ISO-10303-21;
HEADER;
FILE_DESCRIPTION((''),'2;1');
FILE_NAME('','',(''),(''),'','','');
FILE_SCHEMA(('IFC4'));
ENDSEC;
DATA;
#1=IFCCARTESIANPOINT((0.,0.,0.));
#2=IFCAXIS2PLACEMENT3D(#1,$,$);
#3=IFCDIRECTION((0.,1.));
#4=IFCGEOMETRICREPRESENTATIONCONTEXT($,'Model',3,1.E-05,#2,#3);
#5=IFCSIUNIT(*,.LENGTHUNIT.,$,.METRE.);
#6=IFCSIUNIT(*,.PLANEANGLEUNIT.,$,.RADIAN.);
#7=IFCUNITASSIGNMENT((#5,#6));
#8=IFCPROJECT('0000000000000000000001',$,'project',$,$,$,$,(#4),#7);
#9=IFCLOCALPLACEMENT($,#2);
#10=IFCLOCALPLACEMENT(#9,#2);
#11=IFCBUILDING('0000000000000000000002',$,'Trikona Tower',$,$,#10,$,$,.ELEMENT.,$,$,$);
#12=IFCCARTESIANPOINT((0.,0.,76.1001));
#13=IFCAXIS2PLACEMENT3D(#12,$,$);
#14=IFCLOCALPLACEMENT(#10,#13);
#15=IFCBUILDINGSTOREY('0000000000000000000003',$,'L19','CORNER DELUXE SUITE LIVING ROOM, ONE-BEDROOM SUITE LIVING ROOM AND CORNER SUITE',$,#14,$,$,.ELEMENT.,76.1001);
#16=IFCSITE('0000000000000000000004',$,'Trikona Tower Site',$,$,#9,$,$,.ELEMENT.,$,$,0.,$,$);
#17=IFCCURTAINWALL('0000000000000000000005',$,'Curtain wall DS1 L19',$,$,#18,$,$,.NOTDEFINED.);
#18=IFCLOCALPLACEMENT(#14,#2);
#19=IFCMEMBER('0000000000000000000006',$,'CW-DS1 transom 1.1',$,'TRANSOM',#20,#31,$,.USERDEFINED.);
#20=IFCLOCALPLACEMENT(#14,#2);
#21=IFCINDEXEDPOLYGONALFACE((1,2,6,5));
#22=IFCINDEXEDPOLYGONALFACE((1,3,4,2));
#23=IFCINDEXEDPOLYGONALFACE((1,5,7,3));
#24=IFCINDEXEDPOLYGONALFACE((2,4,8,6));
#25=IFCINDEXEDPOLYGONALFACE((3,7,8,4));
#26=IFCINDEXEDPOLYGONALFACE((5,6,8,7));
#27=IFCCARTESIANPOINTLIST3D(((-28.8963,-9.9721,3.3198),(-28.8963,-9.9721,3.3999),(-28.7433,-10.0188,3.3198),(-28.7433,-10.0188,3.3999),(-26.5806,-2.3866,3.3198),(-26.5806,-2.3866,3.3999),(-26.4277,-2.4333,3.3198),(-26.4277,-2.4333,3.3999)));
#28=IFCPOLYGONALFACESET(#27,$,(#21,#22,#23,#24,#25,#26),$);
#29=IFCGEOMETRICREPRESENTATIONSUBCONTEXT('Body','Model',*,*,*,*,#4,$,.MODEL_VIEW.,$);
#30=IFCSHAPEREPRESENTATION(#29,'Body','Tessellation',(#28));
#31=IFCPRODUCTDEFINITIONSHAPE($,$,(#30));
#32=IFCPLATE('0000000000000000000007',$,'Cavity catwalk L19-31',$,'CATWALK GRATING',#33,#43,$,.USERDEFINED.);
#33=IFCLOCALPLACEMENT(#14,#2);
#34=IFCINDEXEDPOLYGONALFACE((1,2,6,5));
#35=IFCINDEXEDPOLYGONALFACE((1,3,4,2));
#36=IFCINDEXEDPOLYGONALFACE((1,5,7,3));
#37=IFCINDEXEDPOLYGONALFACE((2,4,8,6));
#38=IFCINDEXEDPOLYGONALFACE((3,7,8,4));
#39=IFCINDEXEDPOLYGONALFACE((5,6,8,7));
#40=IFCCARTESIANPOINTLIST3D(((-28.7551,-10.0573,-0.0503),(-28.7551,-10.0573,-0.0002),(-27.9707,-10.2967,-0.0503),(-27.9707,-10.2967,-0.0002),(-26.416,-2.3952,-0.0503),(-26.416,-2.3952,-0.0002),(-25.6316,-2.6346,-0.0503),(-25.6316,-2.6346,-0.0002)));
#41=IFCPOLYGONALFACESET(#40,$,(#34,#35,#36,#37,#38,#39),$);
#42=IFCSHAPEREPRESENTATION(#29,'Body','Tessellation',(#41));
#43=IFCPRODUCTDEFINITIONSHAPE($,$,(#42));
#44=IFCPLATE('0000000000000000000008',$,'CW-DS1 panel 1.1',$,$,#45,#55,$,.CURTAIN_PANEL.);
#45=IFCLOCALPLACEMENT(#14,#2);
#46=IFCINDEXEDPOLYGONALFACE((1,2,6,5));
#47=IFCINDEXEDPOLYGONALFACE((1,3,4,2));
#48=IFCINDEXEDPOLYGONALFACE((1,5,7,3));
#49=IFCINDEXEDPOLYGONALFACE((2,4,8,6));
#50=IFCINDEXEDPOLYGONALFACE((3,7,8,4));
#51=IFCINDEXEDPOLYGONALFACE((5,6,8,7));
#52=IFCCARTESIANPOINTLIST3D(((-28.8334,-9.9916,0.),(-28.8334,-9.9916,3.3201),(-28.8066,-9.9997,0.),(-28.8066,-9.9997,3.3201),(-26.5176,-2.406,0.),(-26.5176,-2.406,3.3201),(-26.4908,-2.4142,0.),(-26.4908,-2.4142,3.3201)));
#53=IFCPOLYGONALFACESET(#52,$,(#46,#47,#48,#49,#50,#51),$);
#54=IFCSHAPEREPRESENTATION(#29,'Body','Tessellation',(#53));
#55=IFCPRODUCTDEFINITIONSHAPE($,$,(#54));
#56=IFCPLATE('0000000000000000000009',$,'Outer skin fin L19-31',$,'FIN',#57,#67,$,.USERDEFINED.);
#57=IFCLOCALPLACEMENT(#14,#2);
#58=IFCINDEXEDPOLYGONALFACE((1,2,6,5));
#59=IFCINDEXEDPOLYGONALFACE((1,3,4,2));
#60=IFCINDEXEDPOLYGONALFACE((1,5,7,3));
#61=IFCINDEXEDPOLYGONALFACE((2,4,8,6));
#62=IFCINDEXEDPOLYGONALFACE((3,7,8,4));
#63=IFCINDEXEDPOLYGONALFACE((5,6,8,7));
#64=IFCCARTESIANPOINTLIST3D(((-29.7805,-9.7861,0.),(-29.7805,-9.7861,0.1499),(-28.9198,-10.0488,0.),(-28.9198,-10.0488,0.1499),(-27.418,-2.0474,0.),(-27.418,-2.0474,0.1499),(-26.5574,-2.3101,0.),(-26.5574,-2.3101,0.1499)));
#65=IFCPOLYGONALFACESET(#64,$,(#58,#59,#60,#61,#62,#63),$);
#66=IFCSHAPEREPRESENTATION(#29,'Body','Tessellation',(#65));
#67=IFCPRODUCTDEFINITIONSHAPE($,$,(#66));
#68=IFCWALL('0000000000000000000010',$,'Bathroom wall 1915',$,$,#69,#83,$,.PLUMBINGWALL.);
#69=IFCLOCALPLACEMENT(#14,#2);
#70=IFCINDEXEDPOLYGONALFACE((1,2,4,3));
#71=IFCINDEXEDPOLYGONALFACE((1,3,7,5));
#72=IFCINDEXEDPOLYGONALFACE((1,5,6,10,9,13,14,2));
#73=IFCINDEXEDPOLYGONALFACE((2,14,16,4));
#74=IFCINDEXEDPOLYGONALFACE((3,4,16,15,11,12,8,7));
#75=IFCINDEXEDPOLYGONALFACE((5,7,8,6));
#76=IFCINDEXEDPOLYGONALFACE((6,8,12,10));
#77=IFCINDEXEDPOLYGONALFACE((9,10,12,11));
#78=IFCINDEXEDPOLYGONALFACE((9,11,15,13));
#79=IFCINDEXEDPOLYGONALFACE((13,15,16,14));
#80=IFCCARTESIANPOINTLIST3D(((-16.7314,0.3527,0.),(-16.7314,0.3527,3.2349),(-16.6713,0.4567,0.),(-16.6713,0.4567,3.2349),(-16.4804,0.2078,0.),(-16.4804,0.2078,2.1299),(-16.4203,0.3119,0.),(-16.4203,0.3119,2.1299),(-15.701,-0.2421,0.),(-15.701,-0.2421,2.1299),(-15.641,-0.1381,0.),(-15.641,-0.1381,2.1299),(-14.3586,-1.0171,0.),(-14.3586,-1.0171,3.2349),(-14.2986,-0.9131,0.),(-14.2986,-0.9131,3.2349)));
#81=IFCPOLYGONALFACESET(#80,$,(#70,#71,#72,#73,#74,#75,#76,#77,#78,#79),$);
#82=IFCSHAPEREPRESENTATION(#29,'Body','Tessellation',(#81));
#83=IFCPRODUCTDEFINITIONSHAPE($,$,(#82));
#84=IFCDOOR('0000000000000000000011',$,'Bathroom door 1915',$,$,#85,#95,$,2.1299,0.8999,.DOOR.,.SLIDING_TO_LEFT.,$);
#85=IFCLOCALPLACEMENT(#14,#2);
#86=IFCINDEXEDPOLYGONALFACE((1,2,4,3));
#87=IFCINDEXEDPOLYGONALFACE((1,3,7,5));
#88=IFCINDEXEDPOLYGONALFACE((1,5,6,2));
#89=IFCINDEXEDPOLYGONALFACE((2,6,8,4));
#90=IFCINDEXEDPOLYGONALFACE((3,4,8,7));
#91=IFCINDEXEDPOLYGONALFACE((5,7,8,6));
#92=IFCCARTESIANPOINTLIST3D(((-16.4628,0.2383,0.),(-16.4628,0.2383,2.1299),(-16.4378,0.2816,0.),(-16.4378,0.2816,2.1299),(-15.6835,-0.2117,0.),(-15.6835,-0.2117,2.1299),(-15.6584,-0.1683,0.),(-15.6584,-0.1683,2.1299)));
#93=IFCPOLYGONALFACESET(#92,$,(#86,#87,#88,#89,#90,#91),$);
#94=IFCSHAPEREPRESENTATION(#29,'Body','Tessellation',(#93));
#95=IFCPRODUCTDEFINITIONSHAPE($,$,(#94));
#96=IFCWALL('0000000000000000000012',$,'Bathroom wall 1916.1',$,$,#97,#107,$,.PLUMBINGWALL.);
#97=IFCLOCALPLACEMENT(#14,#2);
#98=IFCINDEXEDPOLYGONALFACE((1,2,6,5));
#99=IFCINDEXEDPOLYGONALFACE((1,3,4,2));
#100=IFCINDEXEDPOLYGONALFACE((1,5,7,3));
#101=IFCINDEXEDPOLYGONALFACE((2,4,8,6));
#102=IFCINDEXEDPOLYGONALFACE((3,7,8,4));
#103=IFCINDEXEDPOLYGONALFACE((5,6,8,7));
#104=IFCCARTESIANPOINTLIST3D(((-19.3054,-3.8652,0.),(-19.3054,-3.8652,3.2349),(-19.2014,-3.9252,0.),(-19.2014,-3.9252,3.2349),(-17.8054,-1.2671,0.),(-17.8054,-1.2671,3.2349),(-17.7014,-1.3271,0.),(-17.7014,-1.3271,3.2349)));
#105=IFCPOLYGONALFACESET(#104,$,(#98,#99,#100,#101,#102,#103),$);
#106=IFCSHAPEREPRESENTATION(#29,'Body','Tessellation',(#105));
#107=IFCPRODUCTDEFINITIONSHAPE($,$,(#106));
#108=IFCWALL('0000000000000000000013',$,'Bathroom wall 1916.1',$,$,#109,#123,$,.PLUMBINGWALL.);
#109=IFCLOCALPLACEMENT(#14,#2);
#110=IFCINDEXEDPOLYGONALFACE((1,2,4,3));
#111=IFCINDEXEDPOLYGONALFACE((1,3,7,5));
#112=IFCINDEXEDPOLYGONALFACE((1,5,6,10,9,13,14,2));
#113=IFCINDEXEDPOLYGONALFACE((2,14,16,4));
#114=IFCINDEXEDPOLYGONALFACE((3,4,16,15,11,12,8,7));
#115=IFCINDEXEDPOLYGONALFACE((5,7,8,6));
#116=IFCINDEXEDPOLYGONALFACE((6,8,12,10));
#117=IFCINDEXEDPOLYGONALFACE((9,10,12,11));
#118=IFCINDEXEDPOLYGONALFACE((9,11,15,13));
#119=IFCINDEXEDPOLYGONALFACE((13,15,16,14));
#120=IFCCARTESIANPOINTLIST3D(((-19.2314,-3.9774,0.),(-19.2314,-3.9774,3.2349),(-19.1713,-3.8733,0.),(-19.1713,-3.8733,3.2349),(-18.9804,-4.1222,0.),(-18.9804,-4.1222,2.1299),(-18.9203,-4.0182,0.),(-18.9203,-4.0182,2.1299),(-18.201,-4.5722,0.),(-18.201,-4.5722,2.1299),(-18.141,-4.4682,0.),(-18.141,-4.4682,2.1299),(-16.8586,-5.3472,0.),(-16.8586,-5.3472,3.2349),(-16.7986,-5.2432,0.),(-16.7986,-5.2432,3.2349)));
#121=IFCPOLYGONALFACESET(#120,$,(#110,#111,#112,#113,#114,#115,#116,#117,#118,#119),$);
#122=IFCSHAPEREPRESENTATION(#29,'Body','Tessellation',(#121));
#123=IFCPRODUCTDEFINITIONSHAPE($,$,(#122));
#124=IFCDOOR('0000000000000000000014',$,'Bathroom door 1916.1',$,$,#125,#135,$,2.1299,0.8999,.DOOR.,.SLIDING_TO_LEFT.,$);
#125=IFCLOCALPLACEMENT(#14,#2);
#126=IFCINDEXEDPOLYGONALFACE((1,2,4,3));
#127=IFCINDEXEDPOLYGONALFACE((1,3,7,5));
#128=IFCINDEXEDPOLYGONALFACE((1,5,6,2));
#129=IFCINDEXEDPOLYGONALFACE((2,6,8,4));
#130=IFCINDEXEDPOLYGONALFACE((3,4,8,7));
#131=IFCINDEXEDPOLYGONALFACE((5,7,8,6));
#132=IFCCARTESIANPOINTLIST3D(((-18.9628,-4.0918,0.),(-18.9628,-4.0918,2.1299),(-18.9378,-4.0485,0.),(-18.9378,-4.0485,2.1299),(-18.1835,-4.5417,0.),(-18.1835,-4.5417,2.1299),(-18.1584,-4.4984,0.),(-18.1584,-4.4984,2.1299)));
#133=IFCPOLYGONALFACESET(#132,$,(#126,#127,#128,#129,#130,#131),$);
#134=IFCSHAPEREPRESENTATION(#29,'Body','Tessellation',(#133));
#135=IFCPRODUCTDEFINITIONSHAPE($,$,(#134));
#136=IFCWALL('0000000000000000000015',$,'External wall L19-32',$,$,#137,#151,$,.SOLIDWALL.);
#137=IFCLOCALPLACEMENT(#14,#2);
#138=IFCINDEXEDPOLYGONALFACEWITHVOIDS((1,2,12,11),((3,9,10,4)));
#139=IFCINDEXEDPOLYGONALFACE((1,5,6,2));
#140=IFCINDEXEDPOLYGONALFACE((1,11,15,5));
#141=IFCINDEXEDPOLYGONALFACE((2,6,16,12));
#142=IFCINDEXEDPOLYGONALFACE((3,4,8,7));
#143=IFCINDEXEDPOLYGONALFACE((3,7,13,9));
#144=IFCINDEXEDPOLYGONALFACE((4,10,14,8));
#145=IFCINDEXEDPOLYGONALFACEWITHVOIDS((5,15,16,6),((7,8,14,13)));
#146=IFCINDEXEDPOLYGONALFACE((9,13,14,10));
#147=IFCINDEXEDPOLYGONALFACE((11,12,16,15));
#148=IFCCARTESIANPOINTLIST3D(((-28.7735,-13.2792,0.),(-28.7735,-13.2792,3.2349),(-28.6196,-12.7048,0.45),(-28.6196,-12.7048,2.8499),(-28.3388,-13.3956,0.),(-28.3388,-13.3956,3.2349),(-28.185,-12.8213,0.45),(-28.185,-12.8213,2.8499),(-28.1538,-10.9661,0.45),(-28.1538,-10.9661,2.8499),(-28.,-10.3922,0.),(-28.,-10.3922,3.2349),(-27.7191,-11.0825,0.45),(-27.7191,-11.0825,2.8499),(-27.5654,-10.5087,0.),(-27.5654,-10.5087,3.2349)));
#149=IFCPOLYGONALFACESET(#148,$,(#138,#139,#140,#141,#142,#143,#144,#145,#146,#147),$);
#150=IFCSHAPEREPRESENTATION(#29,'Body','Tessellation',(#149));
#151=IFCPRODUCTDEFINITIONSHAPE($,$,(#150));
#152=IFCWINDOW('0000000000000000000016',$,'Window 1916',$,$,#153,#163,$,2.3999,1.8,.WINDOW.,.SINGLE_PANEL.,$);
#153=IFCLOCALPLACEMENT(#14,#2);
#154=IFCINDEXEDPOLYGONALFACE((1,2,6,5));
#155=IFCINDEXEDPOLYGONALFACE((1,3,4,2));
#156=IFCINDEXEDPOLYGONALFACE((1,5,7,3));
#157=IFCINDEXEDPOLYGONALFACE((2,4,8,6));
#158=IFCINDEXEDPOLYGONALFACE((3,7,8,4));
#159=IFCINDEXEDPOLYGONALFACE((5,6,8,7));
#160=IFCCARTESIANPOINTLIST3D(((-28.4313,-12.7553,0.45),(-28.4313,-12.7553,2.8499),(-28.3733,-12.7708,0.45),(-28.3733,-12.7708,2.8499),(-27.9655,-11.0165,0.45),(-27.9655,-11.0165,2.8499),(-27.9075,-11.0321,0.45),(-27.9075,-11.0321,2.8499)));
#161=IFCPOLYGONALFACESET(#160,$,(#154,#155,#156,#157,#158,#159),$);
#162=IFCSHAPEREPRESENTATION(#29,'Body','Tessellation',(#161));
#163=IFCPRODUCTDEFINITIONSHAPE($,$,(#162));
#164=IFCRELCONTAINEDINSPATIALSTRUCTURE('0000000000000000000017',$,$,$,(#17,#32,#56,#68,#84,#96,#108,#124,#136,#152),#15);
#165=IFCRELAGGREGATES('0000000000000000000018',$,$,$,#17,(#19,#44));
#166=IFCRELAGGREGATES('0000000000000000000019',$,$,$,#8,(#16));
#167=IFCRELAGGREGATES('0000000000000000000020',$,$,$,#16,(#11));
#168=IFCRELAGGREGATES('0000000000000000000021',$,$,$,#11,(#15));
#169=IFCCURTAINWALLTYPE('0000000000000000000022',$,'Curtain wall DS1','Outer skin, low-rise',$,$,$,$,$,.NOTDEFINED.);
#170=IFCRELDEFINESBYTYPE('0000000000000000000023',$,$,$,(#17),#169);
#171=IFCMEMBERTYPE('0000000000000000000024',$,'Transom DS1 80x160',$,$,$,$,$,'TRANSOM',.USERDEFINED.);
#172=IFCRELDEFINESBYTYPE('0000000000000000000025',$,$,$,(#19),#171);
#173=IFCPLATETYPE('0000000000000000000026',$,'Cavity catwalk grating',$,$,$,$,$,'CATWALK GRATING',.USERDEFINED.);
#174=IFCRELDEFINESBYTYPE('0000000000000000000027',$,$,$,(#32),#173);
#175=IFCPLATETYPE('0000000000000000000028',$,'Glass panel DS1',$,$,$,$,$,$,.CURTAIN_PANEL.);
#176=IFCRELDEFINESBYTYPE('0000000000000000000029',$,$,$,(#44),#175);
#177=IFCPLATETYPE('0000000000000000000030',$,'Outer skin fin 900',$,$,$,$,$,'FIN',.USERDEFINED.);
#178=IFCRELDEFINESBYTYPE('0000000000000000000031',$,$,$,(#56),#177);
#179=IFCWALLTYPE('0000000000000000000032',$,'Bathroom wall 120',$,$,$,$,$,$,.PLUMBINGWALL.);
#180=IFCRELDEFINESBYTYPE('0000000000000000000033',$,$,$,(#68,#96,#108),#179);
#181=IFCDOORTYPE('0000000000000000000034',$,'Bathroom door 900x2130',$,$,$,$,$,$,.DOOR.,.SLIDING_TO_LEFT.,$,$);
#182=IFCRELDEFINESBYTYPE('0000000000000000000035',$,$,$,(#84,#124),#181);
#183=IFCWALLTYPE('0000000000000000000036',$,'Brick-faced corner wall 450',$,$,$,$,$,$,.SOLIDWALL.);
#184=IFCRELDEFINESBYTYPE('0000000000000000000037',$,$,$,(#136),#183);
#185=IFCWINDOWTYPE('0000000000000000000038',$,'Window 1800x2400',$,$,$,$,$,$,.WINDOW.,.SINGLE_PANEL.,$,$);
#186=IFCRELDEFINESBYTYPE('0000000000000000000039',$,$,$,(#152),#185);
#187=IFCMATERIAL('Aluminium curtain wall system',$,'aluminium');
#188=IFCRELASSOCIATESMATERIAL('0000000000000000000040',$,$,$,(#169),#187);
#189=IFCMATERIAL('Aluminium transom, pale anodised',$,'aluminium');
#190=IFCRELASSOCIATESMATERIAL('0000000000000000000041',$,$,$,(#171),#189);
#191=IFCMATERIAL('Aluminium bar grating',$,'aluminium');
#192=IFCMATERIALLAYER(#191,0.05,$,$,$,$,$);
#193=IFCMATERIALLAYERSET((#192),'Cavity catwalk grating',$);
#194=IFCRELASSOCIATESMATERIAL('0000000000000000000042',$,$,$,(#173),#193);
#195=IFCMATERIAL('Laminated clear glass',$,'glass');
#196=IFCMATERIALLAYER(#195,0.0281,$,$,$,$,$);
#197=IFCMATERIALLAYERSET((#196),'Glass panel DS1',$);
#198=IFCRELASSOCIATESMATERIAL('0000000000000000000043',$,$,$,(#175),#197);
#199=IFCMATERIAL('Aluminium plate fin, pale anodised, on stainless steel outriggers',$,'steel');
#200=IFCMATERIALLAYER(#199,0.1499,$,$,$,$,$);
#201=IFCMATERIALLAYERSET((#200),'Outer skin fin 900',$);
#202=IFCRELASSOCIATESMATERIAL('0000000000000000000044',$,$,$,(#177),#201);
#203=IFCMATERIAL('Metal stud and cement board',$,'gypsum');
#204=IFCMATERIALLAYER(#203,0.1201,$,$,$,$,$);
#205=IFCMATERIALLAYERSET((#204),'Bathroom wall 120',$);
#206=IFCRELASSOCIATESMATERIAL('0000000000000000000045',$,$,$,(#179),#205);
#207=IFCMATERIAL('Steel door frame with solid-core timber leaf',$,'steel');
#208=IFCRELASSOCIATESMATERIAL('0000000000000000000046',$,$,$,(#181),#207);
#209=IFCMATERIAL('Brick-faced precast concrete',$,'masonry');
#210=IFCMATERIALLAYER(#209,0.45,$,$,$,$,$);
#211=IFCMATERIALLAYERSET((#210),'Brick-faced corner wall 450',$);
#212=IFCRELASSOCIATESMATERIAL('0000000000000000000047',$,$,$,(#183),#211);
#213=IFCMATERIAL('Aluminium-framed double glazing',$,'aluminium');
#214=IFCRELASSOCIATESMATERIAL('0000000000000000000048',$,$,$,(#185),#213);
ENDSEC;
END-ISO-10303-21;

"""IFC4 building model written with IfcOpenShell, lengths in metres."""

from ifc_helpers import new_model, si_unit, direction, frame, frame_2d, origin, origin_2d, place, context, subcontext, project, spatial, rectangle, extrude, material, layer, layer_set, material_profile, profile_set, type_object, element, fill, aggregate, save


model = new_model("IFC4")

# Units and contexts
model_context = context("Model", 3, precision=1e-05, world=origin(), true_north=direction((0.0, 1.0)))
body_context = subcontext(model_context, "Body", "Model", "MODEL_VIEW")
ifc_project = project(units=[si_unit("LENGTHUNIT", "METRE"), si_unit("PLANEANGLEUNIT", "RADIAN")], contexts=[model_context])

# Site, building, storey
site_placement = place(None, origin())
site = spatial("IfcSite", under=ifc_project, at=site_placement, Name="Trikona Tower Site", CompositionType="ELEMENT", RefElevation=0.0)
building_placement = place(site_placement, origin())
building = spatial("IfcBuilding", under=site, at=building_placement, Name="Trikona Tower", CompositionType="ELEMENT")
storey_placement = place(building_placement, frame((0.0, 0.0, 76.1001)))
storey = spatial("IfcBuildingStorey", under=building, at=storey_placement, Name="L19", Description="CORNER DELUXE SUITE LIVING ROOM, ONE-BEDROOM SUITE LIVING ROOM AND CORNER SUITE", CompositionType="ELEMENT", Elevation=76.1001)

# Shared definitions
ifc_material_1 = material(Name="Aluminium curtain wall system", Category="aluminium")
curtain_wall_type = type_object("IfcCurtainWallType", Name="Curtain wall DS1", Description="Outer skin, low-rise", PredefinedType="NOTDEFINED", material=ifc_material_1)

# Curtain wall
curtain_wall_1_placement = place(storey_placement, origin())
curtain_wall_1 = element("IfcCurtainWall", 1, at=curtain_wall_1_placement, inside=storey, type_object=curtain_wall_type, Name="Curtain wall DS1 L19", PredefinedType="NOTDEFINED")

# Member
ifc_material_2 = material(Name="Aluminium transom, pale anodised", Category="aluminium")
ifc_material_profile_1 = material_profile(ifc_material_2, rectangle(XDim=0.1599, YDim=0.0801, at=origin_2d()), Name="TRN-DS1")
ifc_profile_set_1 = profile_set([ifc_material_profile_1], Name="Aluminium transom, pale anodised")
member_type_1 = type_object("IfcMemberType", Name="Transom DS1 80x160", ElementType="TRANSOM", PredefinedType="USERDEFINED", material=ifc_profile_set_1)
member_1_placement = place(storey_placement, frame((-26.5042, -2.4099, 3.3599), z_axis=(-0.291967, -0.956428, 0.0), x_axis=(0.956428, -0.291967, 0.0)))
member_1 = element("IfcMember", 2, at=member_1_placement, type_object=member_type_1, Name="CW-DS1 transom 1.1", ObjectType="TRANSOM", PredefinedType="USERDEFINED", context=body_context, shape_type="SweptSolid", body=[
    extrude(rectangle(XDim=0.1599, YDim=0.0801, at=origin_2d()), origin(), (0.0, 0.0, 1.0), 7.9312),
])

# Plates
ifc_material_3 = material(Name="Aluminium bar grating", Category="aluminium")
ifc_layer_1 = layer(ifc_material_3, 0.05)
ifc_layer_set_1 = layer_set([ifc_layer_1], Name="Cavity catwalk grating")
plate_type_1 = type_object("IfcPlateType", Name="Cavity catwalk grating", ElementType="CATWALK GRATING", PredefinedType="USERDEFINED", material=ifc_layer_set_1)
plate_1_placement = place(storey_placement, frame((-27.1934, -6.3459, -0.0503), z_axis=(0.0, 0.0, 1.0), x_axis=(-0.291979, -0.956425, 0.0)))
element("IfcPlate", 3, at=plate_1_placement, inside=storey, type_object=plate_type_1, Name="Cavity catwalk L19-31", ObjectType="CATWALK GRATING", PredefinedType="USERDEFINED", context=body_context, shape_type="SweptSolid", body=[
    extrude(rectangle(XDim=8.0112, YDim=0.8201, at=origin_2d()), origin(), (0.0, 0.0, 1.0), 0.05),
])
ifc_material_4 = material(Name="Laminated clear glass", Category="glass")
ifc_layer_2 = layer(ifc_material_4, 0.0281)
ifc_layer_set_2 = layer_set([ifc_layer_2], Name="Glass panel DS1")
plate_type_2 = type_object("IfcPlateType", Name="Glass panel DS1", PredefinedType="CURTAIN_PANEL", material=ifc_layer_set_2)
plate_2_placement = place(storey_placement, frame((-27.6621, -6.2029, 0.0), z_axis=(0.0, 0.0, 1.0), x_axis=(-0.291984, -0.956423, 0.0)))
plate_2 = element("IfcPlate", 4, at=plate_2_placement, type_object=plate_type_2, Name="CW-DS1 panel 1.1", PredefinedType="CURTAIN_PANEL", context=body_context, shape_type="SweptSolid", body=[
    extrude(rectangle(XDim=7.9312, YDim=0.0281, at=origin_2d()), origin(), (0.0, 0.0, 1.0), 3.3201),
])
aggregate(curtain_wall_1, [member_1, plate_2])
ifc_material_5 = material(Name="Aluminium plate fin, pale anodised, on stainless steel outriggers", Category="steel")
ifc_layer_3 = layer(ifc_material_5, 0.1499)
ifc_layer_set_3 = layer_set([ifc_layer_3], Name="Outer skin fin 900")
plate_type_3 = type_object("IfcPlateType", Name="Outer skin fin 900", ElementType="FIN", PredefinedType="USERDEFINED", material=ifc_layer_set_3)
plate_3_placement = place(storey_placement, frame((-28.1689, -6.0481, 0.0), z_axis=(0.0, 0.0, 1.0), x_axis=(-0.291979, -0.956425, 0.0)))
element("IfcPlate", 5, at=plate_3_placement, inside=storey, type_object=plate_type_3, Name="Outer skin fin L19-31", ObjectType="FIN", PredefinedType="USERDEFINED", context=body_context, shape_type="SweptSolid", body=[
    extrude(rectangle(XDim=8.0913, YDim=0.8999, at=origin_2d()), origin(), (0.0, 0.0, 1.0), 0.1499),
])

# Wall, opening, door
ifc_material_6 = material(Name="Metal stud and cement board", Category="gypsum")
ifc_layer_4 = layer(ifc_material_6, 0.1201)
ifc_layer_set_4 = layer_set([ifc_layer_4], Name="Bathroom wall 120")
wall_type_1 = type_object("IfcWallType", Name="Bathroom wall 120", PredefinedType="PLUMBINGWALL", material=ifc_layer_set_4)
wall_1_placement = place(storey_placement, frame((-14.3286, -0.9651, 0.0), z_axis=(0.0, 0.0, 1.0), x_axis=(-0.866036, 0.499982, 0.0)))
wall_1 = element("IfcWall", 6, at=wall_1_placement, inside=storey, type_object=wall_type_1, Name="Bathroom wall 1915", PredefinedType="PLUMBINGWALL", context=body_context, shape_type="SweptSolid", body=[
    extrude(rectangle(XDim=2.7397, YDim=0.1201, at=frame_2d((1.3699, 0.0))), origin(), (0.0, 0.0, 1.0), 3.2349),
])
opening_1_placement = place(wall_1_placement, frame((1.55, 0.0, 0.0)))
opening_1 = element("IfcOpeningElement", 7, at=opening_1_placement, cuts=wall_1, PredefinedType="OPENING", context=body_context, shape_type="SweptSolid", body=[
    extrude(rectangle(XDim=0.8999, YDim=2.1299, at=frame_2d((0.45, 1.0649))), frame((0.0, 0.0701, 0.0), z_axis=(0.0, -1.0, 0.0), x_axis=(1.0, 0.0, 0.0)), (0.0, 0.0, 1.0), 0.1401),
])
ifc_material_7 = material(Name="Steel door frame with solid-core timber leaf", Category="steel")
door_type_1 = type_object("IfcDoorType", Name="Bathroom door 900x2130", OperationType="SLIDING_TO_LEFT", PredefinedType="DOOR", material=ifc_material_7)
door_1_placement = place(opening_1_placement, origin())
door_1 = element("IfcDoor", 8, at=door_1_placement, inside=storey, type_object=door_type_1, Name="Bathroom door 1915", OperationType="SLIDING_TO_LEFT", OverallHeight=2.1299, OverallWidth=0.8999, PredefinedType="DOOR", context=body_context, shape_type="SweptSolid", body=[
    extrude(rectangle(XDim=0.8999, YDim=2.1299, at=frame_2d((0.45, 1.0649))), frame((0.0, 0.0249, 0.0), z_axis=(0.0, -1.0, 0.0), x_axis=(1.0, 0.0, 0.0)), (0.0, 0.0, 1.0), 0.05),
])
fill(opening_1, door_1)

# Wall
wall_2_placement = place(storey_placement, frame((-17.7534, -1.2971, 0.0), z_axis=(0.0, 0.0, 1.0), x_axis=(-0.49999, -0.866031, 0.0)))
element("IfcWall", 9, at=wall_2_placement, inside=storey, type_object=wall_type_1, Name="Bathroom wall 1916.1", PredefinedType="PLUMBINGWALL", context=body_context, shape_type="SweptSolid", body=[
    extrude(rectangle(XDim=3.0, YDim=0.1201, at=frame_2d((1.5, 0.0))), origin(), (0.0, 0.0, 1.0), 3.2349),
])

# Wall, opening, door
wall_3_placement = place(storey_placement, frame((-16.8286, -5.2952, 0.0), z_axis=(0.0, 0.0, 1.0), x_axis=(-0.866036, 0.499982, 0.0)))
wall_3 = element("IfcWall", 10, at=wall_3_placement, inside=storey, type_object=wall_type_1, Name="Bathroom wall 1916.1", PredefinedType="PLUMBINGWALL", context=body_context, shape_type="SweptSolid", body=[
    extrude(rectangle(XDim=2.7397, YDim=0.1201, at=frame_2d((1.3699, 0.0))), origin(), (0.0, 0.0, 1.0), 3.2349),
])
opening_2_placement = place(wall_3_placement, frame((1.55, 0.0, 0.0)))
opening_2 = element("IfcOpeningElement", 11, at=opening_2_placement, cuts=wall_3, PredefinedType="OPENING", context=body_context, shape_type="SweptSolid", body=[
    extrude(rectangle(XDim=0.8999, YDim=2.1299, at=frame_2d((0.45, 1.0649))), frame((0.0, 0.0701, 0.0), z_axis=(0.0, -1.0, 0.0), x_axis=(1.0, 0.0, 0.0)), (0.0, 0.0, 1.0), 0.1401),
])
door_2_placement = place(opening_2_placement, origin())
door_2 = element("IfcDoor", 12, at=door_2_placement, inside=storey, type_object=door_type_1, Name="Bathroom door 1916.1", OperationType="SLIDING_TO_LEFT", OverallHeight=2.1299, OverallWidth=0.8999, PredefinedType="DOOR", context=body_context, shape_type="SweptSolid", body=[
    extrude(rectangle(XDim=0.8999, YDim=2.1299, at=frame_2d((0.45, 1.0649))), frame((0.0, 0.0249, 0.0), z_axis=(0.0, -1.0, 0.0), x_axis=(1.0, 0.0, 0.0)), (0.0, 0.0, 1.0), 0.05),
])
fill(opening_2, door_2)

# Wall, opening, window
ifc_material_8 = material(Name="Brick-faced precast concrete", Category="masonry")
ifc_layer_5 = layer(ifc_material_8, 0.45)
ifc_layer_set_5 = layer_set([ifc_layer_5], Name="Brick-faced corner wall 450")
wall_type_2 = type_object("IfcWallType", Name="Brick-faced corner wall 450", PredefinedType="SOLIDWALL", material=ifc_layer_set_5)
wall_4_placement = place(storey_placement, frame((-27.7827, -10.4504, 0.0), z_axis=(0.0, 0.0, 1.0), x_axis=(-0.258781, -0.965936, 0.0)))
wall_4 = element("IfcWall", 13, at=wall_4_placement, inside=storey, type_object=wall_type_2, Name="External wall L19-32", PredefinedType="SOLIDWALL", context=body_context, shape_type="SweptSolid", body=[
    extrude(rectangle(XDim=2.9888, YDim=0.45, at=frame_2d((1.4944, 0.0))), origin(), (0.0, 0.0, 1.0), 3.2349),
])
opening_3_placement = place(wall_4_placement, frame((0.5942, 0.0, 0.45)))
opening_3 = element("IfcOpeningElement", 14, at=opening_3_placement, cuts=wall_4, PredefinedType="OPENING", context=body_context, shape_type="SweptSolid", body=[
    extrude(rectangle(XDim=1.8, YDim=2.3999, at=frame_2d((0.8999, 1.2))), frame((0.0, 0.2349, 0.0), z_axis=(0.0, -1.0, 0.0), x_axis=(1.0, 0.0, 0.0)), (0.0, 0.0, 1.0), 0.47),
])
ifc_material_9 = material(Name="Aluminium-framed double glazing", Category="aluminium")
window_type_1 = type_object("IfcWindowType", Name="Window 1800x2400", PartitioningType="SINGLE_PANEL", PredefinedType="WINDOW", material=ifc_material_9)
window_1_placement = place(opening_3_placement, origin())
window_1 = element("IfcWindow", 15, at=window_1_placement, inside=storey, type_object=window_type_1, Name="Window 1916", OverallHeight=2.3999, OverallWidth=1.8, PartitioningType="SINGLE_PANEL", PredefinedType="WINDOW", context=body_context, shape_type="SweptSolid", body=[
    extrude(rectangle(XDim=1.8, YDim=2.3999, at=frame_2d((0.8999, 1.2))), frame((0.0, 0.03, 0.0), z_axis=(0.0, -1.0, 0.0), x_axis=(1.0, 0.0, 0.0)), (0.0, 0.0, 1.0), 0.0601),
])
fill(opening_3, window_1)

save(model, "model.ifc")
